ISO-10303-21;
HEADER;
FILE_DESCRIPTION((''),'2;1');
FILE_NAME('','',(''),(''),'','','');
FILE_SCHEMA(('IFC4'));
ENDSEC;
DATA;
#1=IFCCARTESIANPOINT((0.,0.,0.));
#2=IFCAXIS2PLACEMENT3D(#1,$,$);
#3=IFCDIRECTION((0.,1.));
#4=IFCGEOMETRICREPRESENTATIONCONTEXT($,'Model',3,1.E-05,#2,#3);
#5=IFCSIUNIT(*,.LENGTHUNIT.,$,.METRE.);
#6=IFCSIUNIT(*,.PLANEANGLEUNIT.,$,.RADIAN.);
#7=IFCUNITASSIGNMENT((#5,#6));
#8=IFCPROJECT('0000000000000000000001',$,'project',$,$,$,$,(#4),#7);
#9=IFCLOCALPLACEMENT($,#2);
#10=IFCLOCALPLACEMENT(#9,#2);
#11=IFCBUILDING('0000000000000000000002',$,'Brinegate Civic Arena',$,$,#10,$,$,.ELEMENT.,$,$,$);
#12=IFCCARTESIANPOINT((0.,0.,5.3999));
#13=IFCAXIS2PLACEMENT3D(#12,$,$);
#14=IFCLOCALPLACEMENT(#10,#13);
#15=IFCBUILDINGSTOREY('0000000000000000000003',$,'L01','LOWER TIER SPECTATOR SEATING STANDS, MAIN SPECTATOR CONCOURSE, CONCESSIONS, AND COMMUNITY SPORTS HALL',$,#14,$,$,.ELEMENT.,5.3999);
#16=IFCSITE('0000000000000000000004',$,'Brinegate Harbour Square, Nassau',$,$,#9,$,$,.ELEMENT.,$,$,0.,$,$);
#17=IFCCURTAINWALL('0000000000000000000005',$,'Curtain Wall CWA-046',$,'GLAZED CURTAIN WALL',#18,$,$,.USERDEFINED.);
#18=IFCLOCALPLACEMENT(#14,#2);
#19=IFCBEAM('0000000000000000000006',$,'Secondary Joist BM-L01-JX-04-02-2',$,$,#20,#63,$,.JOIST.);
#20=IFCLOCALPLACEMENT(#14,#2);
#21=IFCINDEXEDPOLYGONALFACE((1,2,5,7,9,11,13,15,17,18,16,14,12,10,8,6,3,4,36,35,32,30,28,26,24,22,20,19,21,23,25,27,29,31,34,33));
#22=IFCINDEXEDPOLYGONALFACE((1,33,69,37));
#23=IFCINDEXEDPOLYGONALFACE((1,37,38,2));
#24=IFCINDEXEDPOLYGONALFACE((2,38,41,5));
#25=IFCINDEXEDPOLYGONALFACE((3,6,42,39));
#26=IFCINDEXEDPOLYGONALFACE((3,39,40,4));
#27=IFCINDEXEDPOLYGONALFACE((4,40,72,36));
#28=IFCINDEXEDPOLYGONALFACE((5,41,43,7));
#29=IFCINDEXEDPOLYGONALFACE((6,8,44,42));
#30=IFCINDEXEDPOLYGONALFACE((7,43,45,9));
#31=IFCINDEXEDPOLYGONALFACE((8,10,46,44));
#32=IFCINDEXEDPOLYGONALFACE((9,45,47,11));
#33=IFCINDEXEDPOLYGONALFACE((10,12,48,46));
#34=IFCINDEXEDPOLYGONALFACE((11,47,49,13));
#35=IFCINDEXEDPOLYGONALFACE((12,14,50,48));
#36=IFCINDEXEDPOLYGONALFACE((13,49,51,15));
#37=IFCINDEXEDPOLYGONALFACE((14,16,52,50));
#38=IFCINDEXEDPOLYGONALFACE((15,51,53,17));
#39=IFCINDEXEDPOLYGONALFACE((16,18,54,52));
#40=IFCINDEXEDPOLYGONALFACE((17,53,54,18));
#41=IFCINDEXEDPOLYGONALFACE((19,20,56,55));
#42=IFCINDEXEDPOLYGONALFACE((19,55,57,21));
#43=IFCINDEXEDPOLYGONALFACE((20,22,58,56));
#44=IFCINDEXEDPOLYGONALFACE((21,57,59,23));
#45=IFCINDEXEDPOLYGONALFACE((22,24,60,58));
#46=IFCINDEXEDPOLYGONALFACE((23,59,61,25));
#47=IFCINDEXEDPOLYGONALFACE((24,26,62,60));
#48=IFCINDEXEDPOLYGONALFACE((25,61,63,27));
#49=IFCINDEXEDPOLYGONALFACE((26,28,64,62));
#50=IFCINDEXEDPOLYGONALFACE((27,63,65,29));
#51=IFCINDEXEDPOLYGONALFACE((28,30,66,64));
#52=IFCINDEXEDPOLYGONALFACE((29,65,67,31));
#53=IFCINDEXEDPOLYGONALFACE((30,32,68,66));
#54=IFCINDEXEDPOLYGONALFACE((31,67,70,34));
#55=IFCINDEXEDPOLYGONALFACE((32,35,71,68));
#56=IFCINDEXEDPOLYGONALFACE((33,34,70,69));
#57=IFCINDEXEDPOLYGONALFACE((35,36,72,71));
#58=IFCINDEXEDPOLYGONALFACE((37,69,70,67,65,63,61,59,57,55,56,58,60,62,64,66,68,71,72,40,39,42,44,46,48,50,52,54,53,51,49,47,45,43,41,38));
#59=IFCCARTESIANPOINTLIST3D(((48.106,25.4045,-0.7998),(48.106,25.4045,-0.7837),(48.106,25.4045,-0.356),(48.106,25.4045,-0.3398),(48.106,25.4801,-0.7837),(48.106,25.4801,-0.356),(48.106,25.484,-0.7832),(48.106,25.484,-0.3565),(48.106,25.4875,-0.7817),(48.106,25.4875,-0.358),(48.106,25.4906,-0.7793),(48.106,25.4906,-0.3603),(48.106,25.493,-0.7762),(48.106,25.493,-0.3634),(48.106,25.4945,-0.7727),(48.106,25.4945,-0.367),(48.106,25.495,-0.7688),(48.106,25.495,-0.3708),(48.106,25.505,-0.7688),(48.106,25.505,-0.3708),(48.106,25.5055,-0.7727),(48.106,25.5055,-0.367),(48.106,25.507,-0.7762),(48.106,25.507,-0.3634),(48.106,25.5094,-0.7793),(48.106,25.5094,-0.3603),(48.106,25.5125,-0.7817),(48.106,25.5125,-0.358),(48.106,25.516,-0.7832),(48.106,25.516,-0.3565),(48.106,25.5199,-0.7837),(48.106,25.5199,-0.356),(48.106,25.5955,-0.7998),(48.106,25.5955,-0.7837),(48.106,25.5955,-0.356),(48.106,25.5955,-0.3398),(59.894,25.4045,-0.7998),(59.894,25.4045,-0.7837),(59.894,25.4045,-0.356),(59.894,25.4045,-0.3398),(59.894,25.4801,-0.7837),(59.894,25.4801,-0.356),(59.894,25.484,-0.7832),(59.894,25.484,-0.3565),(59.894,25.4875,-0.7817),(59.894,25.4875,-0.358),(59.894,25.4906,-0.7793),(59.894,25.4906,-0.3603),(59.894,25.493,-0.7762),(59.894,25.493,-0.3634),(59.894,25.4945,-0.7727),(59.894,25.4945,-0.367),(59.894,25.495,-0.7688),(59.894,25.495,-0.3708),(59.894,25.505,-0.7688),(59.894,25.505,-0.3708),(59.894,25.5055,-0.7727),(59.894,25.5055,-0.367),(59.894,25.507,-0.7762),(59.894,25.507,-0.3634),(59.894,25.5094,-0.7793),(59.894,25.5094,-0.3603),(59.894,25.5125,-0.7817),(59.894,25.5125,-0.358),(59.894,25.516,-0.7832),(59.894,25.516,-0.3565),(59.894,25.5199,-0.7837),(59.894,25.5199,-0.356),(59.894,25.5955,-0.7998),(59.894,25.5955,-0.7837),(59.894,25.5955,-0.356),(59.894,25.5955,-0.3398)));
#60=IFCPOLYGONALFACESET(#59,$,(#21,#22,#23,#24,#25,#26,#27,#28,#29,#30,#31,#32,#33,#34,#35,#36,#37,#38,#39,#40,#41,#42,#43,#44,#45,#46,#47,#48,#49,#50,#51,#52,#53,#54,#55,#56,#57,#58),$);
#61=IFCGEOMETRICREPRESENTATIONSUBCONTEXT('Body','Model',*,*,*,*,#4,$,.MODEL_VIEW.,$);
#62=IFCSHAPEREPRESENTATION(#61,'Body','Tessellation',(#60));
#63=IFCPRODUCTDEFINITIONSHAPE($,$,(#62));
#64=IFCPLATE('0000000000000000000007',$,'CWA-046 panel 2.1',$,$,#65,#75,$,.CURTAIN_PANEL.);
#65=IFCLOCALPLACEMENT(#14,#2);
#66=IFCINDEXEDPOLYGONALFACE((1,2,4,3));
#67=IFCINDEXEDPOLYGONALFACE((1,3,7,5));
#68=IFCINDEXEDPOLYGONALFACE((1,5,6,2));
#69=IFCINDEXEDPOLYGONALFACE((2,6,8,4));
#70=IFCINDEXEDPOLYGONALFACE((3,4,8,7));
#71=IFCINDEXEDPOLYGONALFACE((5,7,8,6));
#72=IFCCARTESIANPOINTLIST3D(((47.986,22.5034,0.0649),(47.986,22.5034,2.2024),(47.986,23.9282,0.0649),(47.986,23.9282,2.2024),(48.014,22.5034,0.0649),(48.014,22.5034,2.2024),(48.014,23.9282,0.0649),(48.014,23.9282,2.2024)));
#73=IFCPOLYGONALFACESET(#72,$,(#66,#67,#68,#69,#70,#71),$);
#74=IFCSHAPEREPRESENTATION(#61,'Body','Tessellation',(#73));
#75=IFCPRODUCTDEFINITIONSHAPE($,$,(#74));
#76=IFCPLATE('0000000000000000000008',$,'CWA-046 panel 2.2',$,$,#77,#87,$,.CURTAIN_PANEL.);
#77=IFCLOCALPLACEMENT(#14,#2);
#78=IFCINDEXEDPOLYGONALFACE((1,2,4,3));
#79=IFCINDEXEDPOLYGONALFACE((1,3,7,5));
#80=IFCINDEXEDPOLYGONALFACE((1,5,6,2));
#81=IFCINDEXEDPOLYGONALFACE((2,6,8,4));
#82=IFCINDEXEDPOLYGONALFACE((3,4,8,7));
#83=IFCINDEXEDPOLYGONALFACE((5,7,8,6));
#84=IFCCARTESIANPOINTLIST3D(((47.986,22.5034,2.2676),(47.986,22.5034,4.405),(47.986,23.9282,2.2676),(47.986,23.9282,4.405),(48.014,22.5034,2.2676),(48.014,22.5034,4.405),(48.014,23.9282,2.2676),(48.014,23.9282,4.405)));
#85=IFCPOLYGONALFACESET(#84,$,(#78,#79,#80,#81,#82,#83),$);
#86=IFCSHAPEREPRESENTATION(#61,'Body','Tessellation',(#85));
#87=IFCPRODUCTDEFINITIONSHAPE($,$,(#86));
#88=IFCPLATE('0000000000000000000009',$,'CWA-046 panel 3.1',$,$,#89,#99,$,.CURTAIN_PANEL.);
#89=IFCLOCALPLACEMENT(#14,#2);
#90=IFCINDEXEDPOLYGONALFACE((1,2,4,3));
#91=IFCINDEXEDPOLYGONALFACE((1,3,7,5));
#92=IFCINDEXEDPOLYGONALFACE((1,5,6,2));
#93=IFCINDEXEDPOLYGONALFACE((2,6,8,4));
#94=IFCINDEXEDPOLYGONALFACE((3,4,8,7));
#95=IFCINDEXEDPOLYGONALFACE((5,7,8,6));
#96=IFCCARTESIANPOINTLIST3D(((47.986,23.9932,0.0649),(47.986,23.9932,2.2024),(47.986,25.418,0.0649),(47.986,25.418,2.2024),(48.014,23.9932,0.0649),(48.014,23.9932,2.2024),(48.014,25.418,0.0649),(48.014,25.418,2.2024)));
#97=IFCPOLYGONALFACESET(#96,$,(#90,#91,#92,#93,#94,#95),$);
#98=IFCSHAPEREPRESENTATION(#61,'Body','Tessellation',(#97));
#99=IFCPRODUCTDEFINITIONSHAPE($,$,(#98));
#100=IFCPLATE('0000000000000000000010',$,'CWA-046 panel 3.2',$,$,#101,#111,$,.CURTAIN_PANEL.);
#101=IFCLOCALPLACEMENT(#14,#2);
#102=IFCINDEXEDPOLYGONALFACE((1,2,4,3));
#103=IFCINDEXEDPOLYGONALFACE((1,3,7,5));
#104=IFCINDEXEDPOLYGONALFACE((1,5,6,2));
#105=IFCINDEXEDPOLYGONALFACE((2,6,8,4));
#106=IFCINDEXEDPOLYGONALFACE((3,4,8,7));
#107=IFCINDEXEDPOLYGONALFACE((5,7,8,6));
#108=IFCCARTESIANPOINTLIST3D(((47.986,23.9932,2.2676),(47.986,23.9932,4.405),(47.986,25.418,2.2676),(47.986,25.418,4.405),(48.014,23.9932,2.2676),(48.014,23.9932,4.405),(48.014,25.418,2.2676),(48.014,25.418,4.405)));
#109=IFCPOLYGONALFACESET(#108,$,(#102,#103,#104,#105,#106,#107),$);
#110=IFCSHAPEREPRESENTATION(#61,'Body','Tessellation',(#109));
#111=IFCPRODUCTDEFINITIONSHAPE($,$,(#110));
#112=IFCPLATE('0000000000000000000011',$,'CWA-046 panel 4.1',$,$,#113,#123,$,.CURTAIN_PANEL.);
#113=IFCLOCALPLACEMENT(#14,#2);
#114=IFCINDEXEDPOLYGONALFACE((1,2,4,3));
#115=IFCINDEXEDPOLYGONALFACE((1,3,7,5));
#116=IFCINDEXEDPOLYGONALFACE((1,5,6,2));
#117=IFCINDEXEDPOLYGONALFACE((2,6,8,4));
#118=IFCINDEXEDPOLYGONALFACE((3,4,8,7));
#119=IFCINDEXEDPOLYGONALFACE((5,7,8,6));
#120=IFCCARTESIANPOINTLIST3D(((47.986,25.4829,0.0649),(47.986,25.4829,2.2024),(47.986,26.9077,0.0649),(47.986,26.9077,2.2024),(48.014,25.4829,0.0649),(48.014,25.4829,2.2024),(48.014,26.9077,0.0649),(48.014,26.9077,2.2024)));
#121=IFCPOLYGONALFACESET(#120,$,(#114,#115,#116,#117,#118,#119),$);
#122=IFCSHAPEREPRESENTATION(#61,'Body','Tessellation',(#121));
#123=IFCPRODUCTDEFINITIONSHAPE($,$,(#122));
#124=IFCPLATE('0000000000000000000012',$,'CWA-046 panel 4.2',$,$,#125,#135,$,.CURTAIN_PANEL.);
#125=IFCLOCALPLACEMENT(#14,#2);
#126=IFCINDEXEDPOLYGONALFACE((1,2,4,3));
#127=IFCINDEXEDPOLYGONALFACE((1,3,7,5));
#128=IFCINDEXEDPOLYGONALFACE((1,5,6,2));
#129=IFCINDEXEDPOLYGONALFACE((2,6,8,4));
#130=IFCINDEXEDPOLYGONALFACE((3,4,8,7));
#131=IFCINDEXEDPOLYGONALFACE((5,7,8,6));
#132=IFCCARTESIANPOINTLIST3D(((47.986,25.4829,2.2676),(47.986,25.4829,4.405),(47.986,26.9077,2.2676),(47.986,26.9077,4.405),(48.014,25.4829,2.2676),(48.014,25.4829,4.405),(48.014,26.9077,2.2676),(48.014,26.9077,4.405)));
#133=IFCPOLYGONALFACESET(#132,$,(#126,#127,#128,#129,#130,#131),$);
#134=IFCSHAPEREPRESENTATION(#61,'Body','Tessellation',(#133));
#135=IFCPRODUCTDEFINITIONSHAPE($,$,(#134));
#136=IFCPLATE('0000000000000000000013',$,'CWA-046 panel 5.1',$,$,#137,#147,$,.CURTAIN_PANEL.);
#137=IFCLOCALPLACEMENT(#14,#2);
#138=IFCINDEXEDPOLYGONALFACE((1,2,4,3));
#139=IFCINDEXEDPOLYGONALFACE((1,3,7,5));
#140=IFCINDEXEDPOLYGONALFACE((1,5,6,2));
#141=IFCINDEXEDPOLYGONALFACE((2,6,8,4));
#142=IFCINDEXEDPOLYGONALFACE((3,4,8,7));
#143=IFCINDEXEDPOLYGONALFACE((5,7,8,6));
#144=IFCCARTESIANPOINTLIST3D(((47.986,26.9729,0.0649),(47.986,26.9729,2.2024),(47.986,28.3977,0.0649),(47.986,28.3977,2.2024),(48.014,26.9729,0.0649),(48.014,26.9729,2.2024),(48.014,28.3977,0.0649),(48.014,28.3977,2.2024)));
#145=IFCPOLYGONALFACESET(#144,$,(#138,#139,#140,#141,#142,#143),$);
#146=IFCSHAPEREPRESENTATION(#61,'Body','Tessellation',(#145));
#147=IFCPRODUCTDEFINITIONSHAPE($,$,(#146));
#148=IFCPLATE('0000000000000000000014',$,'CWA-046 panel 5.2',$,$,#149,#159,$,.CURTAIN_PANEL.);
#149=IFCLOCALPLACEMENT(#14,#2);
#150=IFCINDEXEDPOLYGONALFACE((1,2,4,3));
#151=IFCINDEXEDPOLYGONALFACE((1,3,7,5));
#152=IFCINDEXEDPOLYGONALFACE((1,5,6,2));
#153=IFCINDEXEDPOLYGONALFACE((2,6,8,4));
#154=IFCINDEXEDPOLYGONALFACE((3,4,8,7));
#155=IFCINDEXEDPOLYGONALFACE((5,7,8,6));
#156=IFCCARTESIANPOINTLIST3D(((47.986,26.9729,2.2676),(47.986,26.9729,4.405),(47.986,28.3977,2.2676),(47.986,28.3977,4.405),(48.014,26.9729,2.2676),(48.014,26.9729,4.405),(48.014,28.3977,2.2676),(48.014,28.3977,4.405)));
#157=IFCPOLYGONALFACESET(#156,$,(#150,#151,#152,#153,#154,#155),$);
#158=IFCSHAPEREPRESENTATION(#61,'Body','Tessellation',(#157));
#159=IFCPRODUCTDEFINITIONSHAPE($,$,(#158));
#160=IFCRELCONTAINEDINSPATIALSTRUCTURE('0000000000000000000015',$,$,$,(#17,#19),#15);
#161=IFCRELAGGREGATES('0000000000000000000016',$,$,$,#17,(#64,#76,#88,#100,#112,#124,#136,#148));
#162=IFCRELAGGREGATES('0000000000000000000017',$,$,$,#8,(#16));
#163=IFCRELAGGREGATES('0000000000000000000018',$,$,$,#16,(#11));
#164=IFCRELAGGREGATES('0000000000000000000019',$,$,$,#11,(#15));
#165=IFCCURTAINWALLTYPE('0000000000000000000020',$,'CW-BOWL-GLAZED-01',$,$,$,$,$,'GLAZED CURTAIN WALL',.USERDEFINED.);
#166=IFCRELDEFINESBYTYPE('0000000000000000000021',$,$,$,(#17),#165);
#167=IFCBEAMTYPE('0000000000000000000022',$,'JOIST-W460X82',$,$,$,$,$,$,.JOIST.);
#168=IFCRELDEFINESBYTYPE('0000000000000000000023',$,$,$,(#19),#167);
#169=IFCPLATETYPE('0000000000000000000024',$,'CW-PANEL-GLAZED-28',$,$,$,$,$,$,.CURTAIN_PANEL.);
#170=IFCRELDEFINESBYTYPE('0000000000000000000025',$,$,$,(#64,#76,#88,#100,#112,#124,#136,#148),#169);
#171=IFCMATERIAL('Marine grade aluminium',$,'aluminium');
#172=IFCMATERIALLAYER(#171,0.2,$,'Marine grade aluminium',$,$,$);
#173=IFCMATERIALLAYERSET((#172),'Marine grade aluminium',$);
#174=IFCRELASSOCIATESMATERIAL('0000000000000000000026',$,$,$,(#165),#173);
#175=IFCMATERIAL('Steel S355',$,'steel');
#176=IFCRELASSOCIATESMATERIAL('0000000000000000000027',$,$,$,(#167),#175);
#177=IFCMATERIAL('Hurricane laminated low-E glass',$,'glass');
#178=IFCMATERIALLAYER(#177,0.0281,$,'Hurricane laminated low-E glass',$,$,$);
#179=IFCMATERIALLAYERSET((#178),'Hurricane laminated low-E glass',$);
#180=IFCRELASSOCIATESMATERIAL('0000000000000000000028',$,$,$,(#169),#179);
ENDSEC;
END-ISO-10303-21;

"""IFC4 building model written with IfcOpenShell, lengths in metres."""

from ifc_helpers import new_model, si_unit, direction, frame, origin, origin_2d, place, context, subcontext, project, spatial, rectangle, i_section, extrude, material, layer, layer_set, material_profile, profile_set, type_object, element, aggregate, save


model = new_model("IFC4")

# Units and contexts
model_context = context("Model", 3, precision=1e-05, world=origin(), true_north=direction((0.0, 1.0)))
body_context = subcontext(model_context, "Body", "Model", "MODEL_VIEW")
ifc_project = project(units=[si_unit("LENGTHUNIT", "METRE"), si_unit("PLANEANGLEUNIT", "RADIAN")], contexts=[model_context])

# Site, building, storey
site_placement = place(None, origin())
site = spatial("IfcSite", under=ifc_project, at=site_placement, Name="Brinegate Harbour Square, Nassau", CompositionType="ELEMENT", RefElevation=0.0)
building_placement = place(site_placement, origin())
building = spatial("IfcBuilding", under=site, at=building_placement, Name="Brinegate Civic Arena", CompositionType="ELEMENT")
storey_placement = place(building_placement, frame((0.0, 0.0, 5.3999)))
storey = spatial("IfcBuildingStorey", under=building, at=storey_placement, Name="L01", Description="LOWER TIER SPECTATOR SEATING STANDS, MAIN SPECTATOR CONCOURSE, CONCESSIONS, AND COMMUNITY SPORTS HALL", CompositionType="ELEMENT", Elevation=5.3999)

# Curtain wall
ifc_material_1 = material(Name="Marine grade aluminium", Category="aluminium")
ifc_layer_1 = layer(ifc_material_1, 0.2, Name="Marine grade aluminium")
ifc_layer_set_1 = layer_set([ifc_layer_1], Name="Marine grade aluminium")
curtain_wall_type = type_object("IfcCurtainWallType", Name="CW-BOWL-GLAZED-01", ElementType="GLAZED CURTAIN WALL", PredefinedType="USERDEFINED", material=ifc_layer_set_1)
curtain_wall_placement = place(storey_placement, origin())
curtain_wall = element("IfcCurtainWall", 1, at=curtain_wall_placement, inside=storey, type_object=curtain_wall_type, Name="Curtain Wall CWA-046", ObjectType="GLAZED CURTAIN WALL", PredefinedType="USERDEFINED")

# Beam
ifc_material_2 = material(Name="Steel S355", Category="steel")
ifc_material_profile_1 = material_profile(ifc_material_2, i_section(OverallWidth=0.1909, OverallDepth=0.46, WebThickness=0.01, FlangeThickness=0.0161, FilletRadius=0.0149, at=origin_2d()), Name="W460X82")
ifc_profile_set_1 = profile_set([ifc_material_profile_1], Name="Steel S355")
beam_type_1 = type_object("IfcBeamType", Name="JOIST-W460X82", PredefinedType="JOIST", material=ifc_profile_set_1)
beam_1_placement = place(storey_placement, frame((48.106, 25.5, -0.5698), z_axis=(1.0, 0.0, 0.0), x_axis=(0.0, 1.0, 0.0)))
element("IfcBeam", 2, at=beam_1_placement, inside=storey, type_object=beam_type_1, Name="Secondary Joist BM-L01-JX-04-02-2", PredefinedType="JOIST", context=body_context, shape_type="SweptSolid", body=[
    extrude(i_section(OverallWidth=0.1909, OverallDepth=0.46, WebThickness=0.01, FlangeThickness=0.0161, FilletRadius=0.0149, at=origin_2d()), origin(), (0.0, 0.0, 1.0), 11.7881),
])

# Plates
ifc_material_3 = material(Name="Hurricane laminated low-E glass", Category="glass")
ifc_layer_2 = layer(ifc_material_3, 0.0281, Name="Hurricane laminated low-E glass")
ifc_layer_set_2 = layer_set([ifc_layer_2], Name="Hurricane laminated low-E glass")
plate_type = type_object("IfcPlateType", Name="CW-PANEL-GLAZED-28", PredefinedType="CURTAIN_PANEL", material=ifc_layer_set_2)
plate_1_placement = place(storey_placement, frame((48.0, 23.2158, 0.0649), z_axis=(0.0, 0.0, 1.0), x_axis=(0.0, 1.0, 0.0)))
plate_1 = element("IfcPlate", 3, at=plate_1_placement, type_object=plate_type, Name="CWA-046 panel 2.1", PredefinedType="CURTAIN_PANEL", context=body_context, shape_type="SweptSolid", body=[
    extrude(rectangle(XDim=1.4248, YDim=0.0281, at=origin_2d()), origin(), (0.0, 0.0, 1.0), 2.1375),
])
plate_2_placement = place(storey_placement, frame((48.0, 23.2158, 2.2676), z_axis=(0.0, 0.0, 1.0), x_axis=(0.0, 1.0, 0.0)))
plate_2 = element("IfcPlate", 4, at=plate_2_placement, type_object=plate_type, Name="CWA-046 panel 2.2", PredefinedType="CURTAIN_PANEL", context=body_context, shape_type="SweptSolid", body=[
    extrude(rectangle(XDim=1.4248, YDim=0.0281, at=origin_2d()), origin(), (0.0, 0.0, 1.0), 2.1375),
])
plate_3_placement = place(storey_placement, frame((48.0, 24.7056, 0.0649), z_axis=(0.0, 0.0, 1.0), x_axis=(0.0, 1.0, 0.0)))
plate_3 = element("IfcPlate", 5, at=plate_3_placement, type_object=plate_type, Name="CWA-046 panel 3.1", PredefinedType="CURTAIN_PANEL", context=body_context, shape_type="SweptSolid", body=[
    extrude(rectangle(XDim=1.4248, YDim=0.0281, at=origin_2d()), origin(), (0.0, 0.0, 1.0), 2.1375),
])
plate_4_placement = place(storey_placement, frame((48.0, 24.7056, 2.2676), z_axis=(0.0, 0.0, 1.0), x_axis=(0.0, 1.0, 0.0)))
plate_4 = element("IfcPlate", 6, at=plate_4_placement, type_object=plate_type, Name="CWA-046 panel 3.2", PredefinedType="CURTAIN_PANEL", context=body_context, shape_type="SweptSolid", body=[
    extrude(rectangle(XDim=1.4248, YDim=0.0281, at=origin_2d()), origin(), (0.0, 0.0, 1.0), 2.1375),
])
plate_5_placement = place(storey_placement, frame((48.0, 26.1953, 0.0649), z_axis=(0.0, 0.0, 1.0), x_axis=(0.0, 1.0, 0.0)))
plate_5 = element("IfcPlate", 7, at=plate_5_placement, type_object=plate_type, Name="CWA-046 panel 4.1", PredefinedType="CURTAIN_PANEL", context=body_context, shape_type="SweptSolid", body=[
    extrude(rectangle(XDim=1.4248, YDim=0.0281, at=origin_2d()), origin(), (0.0, 0.0, 1.0), 2.1375),
])
plate_6_placement = place(storey_placement, frame((48.0, 26.1953, 2.2676), z_axis=(0.0, 0.0, 1.0), x_axis=(0.0, 1.0, 0.0)))
plate_6 = element("IfcPlate", 8, at=plate_6_placement, type_object=plate_type, Name="CWA-046 panel 4.2", PredefinedType="CURTAIN_PANEL", context=body_context, shape_type="SweptSolid", body=[
    extrude(rectangle(XDim=1.4248, YDim=0.0281, at=origin_2d()), origin(), (0.0, 0.0, 1.0), 2.1375),
])
plate_7_placement = place(storey_placement, frame((48.0, 27.6853, 0.0649), z_axis=(0.0, 0.0, 1.0), x_axis=(0.0, 1.0, 0.0)))
plate_7 = element("IfcPlate", 9, at=plate_7_placement, type_object=plate_type, Name="CWA-046 panel 5.1", PredefinedType="CURTAIN_PANEL", context=body_context, shape_type="SweptSolid", body=[
    extrude(rectangle(XDim=1.4248, YDim=0.0281, at=origin_2d()), origin(), (0.0, 0.0, 1.0), 2.1375),
])
plate_8_placement = place(storey_placement, frame((48.0, 27.6853, 2.2676), z_axis=(0.0, 0.0, 1.0), x_axis=(0.0, 1.0, 0.0)))
plate_8 = element("IfcPlate", 10, at=plate_8_placement, type_object=plate_type, Name="CWA-046 panel 5.2", PredefinedType="CURTAIN_PANEL", context=body_context, shape_type="SweptSolid", body=[
    extrude(rectangle(XDim=1.4248, YDim=0.0281, at=origin_2d()), origin(), (0.0, 0.0, 1.0), 2.1375),
])
aggregate(curtain_wall, [plate_1, plate_2, plate_3, plate_4, plate_5, plate_6, plate_7, plate_8])

save(model, "model.ifc")
